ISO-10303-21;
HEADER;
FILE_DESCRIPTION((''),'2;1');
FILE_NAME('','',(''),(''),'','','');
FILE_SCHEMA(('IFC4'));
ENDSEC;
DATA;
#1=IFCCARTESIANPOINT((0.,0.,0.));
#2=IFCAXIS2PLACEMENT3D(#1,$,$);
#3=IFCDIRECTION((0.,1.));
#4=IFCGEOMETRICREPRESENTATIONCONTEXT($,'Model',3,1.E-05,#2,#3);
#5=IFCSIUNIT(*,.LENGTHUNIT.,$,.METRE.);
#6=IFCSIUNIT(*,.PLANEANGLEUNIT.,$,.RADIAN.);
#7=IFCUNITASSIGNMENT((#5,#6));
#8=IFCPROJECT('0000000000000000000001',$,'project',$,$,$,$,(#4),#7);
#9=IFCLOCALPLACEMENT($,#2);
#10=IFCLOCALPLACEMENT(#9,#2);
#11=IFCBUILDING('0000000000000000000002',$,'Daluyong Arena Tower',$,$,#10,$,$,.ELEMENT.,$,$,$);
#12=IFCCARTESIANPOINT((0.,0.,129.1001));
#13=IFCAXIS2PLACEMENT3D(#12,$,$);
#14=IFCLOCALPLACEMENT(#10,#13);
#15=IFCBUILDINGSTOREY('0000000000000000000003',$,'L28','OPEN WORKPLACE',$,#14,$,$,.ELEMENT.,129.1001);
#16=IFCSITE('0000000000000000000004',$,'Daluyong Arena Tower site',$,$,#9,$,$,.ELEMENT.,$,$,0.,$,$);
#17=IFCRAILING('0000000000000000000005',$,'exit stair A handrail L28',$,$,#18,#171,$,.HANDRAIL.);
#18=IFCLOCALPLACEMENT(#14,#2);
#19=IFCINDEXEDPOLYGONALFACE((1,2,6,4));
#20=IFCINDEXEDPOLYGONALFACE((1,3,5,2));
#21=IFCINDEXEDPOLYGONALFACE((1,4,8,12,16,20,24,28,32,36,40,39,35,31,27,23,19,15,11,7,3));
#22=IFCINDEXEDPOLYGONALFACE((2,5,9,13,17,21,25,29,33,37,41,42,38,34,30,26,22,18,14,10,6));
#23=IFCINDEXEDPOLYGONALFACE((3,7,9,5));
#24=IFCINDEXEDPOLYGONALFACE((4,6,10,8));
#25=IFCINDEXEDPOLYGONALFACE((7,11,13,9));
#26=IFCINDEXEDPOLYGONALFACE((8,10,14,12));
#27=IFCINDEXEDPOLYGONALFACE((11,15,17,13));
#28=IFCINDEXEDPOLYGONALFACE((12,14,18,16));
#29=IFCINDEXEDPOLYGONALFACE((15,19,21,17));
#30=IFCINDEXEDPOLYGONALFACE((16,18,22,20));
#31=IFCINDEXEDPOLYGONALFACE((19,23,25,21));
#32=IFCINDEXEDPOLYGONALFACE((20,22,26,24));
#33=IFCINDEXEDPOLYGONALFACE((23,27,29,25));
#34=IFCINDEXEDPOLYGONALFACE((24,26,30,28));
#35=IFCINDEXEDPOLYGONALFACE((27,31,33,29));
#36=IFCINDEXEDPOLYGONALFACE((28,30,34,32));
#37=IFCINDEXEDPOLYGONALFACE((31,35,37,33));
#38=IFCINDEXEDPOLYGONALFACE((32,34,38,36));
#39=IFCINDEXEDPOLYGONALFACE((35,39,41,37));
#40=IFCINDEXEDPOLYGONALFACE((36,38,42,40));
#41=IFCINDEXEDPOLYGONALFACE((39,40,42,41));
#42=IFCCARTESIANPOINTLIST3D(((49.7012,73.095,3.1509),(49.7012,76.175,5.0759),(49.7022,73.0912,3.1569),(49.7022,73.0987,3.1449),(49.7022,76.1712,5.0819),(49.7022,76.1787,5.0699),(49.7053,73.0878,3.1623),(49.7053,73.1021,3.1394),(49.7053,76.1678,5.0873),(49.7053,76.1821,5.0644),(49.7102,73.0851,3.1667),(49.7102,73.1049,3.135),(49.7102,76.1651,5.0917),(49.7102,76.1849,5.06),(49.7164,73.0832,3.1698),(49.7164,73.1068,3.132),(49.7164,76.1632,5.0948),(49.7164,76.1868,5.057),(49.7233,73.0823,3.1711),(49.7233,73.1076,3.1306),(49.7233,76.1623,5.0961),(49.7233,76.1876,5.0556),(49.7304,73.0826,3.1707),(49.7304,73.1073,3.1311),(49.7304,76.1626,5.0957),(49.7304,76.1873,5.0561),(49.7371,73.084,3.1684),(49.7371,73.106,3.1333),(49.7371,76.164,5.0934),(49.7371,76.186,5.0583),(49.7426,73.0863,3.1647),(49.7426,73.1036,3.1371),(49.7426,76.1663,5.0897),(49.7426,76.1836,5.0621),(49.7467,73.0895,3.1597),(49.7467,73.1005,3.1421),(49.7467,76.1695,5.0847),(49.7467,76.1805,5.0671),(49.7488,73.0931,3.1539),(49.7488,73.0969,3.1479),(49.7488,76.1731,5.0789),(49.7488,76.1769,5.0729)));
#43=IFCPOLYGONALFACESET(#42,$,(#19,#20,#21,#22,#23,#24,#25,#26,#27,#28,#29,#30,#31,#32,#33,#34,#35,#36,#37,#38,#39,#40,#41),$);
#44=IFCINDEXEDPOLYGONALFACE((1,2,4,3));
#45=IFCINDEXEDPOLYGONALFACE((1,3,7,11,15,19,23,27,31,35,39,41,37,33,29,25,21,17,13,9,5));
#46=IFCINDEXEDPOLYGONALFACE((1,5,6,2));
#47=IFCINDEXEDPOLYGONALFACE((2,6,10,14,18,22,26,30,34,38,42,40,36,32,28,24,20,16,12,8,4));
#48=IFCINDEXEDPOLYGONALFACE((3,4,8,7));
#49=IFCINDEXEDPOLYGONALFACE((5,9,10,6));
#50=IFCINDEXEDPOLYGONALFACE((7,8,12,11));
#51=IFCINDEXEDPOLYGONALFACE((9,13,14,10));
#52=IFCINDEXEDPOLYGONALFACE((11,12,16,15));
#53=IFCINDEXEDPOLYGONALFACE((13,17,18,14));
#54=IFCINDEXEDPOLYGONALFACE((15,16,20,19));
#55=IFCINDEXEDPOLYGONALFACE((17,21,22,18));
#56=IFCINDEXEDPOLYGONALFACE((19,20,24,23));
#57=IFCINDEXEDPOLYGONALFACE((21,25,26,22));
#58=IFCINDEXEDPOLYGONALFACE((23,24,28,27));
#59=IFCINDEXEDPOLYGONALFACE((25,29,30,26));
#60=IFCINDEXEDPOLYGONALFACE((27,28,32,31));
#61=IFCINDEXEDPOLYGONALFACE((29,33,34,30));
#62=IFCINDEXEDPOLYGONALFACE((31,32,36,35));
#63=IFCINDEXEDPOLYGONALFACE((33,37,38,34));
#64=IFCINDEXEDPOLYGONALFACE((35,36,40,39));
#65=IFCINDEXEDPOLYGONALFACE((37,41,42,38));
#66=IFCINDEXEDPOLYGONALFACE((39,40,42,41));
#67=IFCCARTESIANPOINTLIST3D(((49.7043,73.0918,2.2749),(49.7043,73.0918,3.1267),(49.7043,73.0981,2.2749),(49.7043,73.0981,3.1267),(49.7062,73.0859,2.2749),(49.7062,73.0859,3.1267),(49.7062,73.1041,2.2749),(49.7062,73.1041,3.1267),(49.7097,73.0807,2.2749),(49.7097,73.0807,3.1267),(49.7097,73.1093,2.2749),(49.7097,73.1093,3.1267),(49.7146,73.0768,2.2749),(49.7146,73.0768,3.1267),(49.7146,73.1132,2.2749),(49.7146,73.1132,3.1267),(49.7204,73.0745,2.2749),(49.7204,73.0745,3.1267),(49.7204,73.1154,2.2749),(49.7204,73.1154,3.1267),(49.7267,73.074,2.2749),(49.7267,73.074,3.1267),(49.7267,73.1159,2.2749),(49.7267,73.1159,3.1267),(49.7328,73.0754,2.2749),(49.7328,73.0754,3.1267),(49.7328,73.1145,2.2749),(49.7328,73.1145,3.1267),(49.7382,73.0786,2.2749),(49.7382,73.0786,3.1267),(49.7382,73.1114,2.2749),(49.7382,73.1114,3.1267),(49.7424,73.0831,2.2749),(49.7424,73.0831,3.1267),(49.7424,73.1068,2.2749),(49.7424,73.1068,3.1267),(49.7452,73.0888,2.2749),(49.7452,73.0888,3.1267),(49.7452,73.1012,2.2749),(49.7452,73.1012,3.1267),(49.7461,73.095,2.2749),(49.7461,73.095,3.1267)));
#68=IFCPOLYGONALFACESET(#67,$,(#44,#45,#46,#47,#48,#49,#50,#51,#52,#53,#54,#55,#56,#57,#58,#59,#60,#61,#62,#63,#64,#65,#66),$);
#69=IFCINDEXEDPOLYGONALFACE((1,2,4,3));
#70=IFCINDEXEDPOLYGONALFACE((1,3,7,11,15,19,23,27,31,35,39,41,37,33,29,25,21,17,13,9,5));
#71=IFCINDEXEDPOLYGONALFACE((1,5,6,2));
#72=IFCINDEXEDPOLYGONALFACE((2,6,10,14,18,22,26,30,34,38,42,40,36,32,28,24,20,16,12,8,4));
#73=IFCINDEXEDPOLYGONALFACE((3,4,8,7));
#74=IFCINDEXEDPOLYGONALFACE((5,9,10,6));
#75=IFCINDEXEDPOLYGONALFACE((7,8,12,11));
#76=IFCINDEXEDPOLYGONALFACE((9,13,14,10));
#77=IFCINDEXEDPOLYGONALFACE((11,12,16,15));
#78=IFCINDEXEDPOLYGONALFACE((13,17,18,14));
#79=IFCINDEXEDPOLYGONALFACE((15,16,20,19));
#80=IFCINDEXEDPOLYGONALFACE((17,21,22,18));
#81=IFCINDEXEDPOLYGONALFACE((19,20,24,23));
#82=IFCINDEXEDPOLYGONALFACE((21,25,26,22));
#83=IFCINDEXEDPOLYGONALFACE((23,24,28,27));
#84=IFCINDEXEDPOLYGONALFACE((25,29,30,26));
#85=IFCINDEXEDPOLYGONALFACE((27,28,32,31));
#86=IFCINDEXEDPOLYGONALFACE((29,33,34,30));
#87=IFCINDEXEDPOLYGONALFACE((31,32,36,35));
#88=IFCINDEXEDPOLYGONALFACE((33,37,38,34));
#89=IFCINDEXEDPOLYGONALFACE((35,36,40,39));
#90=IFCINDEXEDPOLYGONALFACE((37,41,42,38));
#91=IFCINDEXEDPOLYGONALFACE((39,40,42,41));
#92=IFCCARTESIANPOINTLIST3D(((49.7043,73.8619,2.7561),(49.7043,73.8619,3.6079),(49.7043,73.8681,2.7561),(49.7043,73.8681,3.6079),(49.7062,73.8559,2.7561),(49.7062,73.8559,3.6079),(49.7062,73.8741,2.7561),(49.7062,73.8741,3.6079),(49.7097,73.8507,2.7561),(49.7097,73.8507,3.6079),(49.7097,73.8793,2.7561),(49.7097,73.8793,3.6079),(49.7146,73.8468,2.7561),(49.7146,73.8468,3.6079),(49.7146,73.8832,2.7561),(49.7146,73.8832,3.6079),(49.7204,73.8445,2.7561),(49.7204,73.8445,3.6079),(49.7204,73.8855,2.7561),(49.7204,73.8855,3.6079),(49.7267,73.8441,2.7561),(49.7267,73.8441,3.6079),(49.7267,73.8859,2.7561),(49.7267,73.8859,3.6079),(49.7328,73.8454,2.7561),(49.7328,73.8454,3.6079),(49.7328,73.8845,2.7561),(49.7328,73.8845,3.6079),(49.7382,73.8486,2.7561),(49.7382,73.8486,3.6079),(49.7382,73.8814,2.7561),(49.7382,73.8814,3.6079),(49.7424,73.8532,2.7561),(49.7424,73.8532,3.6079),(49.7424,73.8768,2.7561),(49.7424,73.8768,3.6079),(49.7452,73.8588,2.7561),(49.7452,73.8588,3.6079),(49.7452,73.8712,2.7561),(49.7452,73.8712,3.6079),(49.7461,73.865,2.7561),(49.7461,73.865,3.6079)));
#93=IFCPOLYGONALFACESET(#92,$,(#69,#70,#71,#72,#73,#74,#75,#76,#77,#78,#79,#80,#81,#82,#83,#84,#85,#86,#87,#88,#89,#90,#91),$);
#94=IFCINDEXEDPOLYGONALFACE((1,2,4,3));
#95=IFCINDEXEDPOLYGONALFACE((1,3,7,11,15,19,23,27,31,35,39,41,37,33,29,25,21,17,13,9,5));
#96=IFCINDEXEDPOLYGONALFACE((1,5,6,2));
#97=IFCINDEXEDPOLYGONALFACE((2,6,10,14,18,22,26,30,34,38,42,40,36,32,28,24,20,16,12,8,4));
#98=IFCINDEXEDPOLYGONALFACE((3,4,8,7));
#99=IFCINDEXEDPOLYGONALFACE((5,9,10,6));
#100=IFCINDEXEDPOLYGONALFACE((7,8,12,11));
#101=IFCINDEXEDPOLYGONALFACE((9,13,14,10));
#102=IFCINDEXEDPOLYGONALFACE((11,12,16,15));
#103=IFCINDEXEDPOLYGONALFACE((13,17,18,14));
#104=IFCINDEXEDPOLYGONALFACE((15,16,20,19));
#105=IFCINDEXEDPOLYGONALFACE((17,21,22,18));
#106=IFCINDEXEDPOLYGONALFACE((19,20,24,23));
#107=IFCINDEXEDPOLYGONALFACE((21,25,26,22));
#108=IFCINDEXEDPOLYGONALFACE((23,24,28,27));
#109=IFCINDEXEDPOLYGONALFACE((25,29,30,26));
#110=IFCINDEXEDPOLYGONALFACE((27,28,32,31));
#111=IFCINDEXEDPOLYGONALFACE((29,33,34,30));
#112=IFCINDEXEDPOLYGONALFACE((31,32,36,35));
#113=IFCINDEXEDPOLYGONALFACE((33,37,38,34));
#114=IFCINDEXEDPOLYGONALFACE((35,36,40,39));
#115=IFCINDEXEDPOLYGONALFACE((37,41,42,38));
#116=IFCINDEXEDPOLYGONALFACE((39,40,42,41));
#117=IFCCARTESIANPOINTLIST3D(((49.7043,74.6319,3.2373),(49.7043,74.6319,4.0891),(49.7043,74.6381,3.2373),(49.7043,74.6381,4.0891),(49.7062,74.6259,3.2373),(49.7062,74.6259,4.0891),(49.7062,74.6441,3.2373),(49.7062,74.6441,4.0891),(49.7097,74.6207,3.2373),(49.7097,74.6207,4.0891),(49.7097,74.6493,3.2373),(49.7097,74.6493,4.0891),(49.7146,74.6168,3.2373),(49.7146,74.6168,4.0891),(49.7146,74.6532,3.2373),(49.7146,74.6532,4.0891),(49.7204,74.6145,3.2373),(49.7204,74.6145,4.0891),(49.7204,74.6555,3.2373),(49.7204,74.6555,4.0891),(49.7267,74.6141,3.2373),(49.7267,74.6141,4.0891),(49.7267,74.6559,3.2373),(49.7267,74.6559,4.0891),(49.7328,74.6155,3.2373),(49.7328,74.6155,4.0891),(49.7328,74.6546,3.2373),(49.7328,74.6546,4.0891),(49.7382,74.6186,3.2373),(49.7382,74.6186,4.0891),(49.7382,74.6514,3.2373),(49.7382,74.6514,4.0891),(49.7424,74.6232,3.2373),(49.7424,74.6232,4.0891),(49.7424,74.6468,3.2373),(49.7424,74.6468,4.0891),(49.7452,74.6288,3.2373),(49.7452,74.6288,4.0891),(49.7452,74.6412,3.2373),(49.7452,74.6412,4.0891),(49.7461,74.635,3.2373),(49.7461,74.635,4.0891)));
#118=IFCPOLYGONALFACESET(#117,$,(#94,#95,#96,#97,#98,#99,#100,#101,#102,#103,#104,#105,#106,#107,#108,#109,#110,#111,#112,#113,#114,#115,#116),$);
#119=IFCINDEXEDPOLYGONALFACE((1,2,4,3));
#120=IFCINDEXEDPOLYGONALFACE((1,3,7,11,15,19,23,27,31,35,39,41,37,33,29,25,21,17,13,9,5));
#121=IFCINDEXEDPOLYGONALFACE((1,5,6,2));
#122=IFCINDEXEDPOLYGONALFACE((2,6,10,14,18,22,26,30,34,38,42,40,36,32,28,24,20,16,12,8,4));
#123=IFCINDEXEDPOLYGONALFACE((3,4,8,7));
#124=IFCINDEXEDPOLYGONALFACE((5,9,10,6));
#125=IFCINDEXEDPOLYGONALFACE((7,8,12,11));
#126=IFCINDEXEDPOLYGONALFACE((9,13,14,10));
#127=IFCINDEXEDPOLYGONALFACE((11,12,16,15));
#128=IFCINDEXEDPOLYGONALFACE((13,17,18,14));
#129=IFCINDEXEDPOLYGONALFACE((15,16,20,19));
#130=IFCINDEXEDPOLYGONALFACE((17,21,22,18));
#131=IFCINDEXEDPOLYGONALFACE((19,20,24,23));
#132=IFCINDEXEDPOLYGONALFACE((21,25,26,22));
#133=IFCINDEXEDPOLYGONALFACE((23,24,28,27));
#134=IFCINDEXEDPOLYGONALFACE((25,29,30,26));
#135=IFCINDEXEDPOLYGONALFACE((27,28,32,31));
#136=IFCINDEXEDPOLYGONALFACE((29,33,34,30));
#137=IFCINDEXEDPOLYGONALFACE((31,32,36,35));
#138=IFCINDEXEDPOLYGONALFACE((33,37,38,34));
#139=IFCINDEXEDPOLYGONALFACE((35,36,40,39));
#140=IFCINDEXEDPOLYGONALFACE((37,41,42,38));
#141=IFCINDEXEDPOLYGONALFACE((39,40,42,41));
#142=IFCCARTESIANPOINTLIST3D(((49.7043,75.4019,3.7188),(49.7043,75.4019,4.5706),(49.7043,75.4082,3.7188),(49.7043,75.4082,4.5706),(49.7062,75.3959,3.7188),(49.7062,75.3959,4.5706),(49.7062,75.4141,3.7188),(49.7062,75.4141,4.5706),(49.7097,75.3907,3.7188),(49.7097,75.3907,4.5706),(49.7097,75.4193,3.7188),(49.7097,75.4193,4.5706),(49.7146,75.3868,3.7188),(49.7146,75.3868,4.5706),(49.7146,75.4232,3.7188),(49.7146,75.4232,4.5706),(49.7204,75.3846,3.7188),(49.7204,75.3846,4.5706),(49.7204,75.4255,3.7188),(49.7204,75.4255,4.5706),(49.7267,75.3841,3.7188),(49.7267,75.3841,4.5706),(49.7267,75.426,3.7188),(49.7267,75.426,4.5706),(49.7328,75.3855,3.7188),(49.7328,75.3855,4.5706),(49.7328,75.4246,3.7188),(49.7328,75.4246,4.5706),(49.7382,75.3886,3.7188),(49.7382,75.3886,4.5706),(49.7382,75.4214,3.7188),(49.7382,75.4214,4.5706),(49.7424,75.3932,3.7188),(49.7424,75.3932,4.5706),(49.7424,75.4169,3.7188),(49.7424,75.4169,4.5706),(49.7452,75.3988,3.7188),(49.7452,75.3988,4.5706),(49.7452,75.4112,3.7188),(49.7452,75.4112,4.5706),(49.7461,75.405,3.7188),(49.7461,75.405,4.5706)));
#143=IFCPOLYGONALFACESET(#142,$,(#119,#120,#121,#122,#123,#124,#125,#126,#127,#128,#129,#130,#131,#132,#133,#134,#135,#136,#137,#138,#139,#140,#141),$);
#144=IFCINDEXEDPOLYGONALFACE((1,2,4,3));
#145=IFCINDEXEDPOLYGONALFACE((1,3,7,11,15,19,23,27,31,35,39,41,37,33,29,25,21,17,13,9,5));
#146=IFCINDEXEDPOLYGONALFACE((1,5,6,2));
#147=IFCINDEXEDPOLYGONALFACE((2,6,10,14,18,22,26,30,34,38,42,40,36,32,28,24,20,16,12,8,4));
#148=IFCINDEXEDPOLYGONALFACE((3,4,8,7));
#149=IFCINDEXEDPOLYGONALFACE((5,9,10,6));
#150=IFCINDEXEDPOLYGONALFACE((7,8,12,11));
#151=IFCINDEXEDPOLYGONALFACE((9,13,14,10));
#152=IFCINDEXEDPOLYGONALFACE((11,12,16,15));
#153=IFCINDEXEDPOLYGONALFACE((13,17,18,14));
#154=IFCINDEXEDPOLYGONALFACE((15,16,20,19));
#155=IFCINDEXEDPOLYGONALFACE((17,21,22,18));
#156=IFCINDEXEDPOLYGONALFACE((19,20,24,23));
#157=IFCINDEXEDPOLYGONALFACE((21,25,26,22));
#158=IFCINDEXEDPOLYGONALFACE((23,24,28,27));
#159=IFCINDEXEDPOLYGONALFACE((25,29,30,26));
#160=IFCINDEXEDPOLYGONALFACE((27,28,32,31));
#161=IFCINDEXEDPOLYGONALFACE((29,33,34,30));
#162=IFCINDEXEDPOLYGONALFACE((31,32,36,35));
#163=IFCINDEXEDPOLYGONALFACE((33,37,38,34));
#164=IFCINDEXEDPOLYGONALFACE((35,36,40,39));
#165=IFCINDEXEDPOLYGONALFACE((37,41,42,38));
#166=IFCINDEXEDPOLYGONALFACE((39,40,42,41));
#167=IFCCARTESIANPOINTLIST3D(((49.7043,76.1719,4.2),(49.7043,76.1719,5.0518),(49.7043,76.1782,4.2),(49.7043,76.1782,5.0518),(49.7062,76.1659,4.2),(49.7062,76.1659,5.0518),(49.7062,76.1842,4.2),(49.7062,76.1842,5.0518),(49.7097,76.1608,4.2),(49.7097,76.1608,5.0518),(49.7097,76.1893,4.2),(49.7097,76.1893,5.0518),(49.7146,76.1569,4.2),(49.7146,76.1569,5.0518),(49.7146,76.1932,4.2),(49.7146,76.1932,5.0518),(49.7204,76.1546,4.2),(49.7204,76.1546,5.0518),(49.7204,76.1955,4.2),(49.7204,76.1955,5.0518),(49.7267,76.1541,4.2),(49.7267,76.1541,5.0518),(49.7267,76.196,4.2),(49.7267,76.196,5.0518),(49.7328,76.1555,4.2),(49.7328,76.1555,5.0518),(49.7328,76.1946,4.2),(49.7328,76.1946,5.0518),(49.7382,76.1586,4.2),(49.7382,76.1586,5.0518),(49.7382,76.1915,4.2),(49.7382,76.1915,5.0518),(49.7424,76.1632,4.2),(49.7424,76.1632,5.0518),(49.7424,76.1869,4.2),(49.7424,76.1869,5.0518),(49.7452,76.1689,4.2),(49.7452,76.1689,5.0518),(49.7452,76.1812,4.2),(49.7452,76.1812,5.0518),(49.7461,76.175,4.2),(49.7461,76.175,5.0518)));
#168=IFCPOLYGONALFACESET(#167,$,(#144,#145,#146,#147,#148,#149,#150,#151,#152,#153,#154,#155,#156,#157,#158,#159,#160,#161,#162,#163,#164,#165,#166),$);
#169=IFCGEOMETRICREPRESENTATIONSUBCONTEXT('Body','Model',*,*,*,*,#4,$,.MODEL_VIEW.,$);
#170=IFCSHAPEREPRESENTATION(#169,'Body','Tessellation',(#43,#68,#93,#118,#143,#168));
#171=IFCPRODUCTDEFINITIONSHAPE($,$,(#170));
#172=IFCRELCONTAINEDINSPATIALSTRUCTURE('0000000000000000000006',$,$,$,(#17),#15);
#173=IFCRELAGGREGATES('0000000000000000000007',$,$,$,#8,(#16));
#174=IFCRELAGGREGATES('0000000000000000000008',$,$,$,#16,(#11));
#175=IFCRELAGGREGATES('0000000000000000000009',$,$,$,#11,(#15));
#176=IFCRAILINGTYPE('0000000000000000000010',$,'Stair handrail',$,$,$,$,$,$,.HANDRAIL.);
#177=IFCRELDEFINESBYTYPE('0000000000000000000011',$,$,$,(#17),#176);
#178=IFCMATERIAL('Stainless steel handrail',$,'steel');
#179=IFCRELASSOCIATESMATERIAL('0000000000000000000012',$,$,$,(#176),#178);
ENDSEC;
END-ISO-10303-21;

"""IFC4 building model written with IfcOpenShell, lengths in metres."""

from ifc_helpers import new_model, si_unit, direction, frame, origin, origin_2d, place, context, subcontext, project, spatial, circle, extrude, material, type_object, element, save


model = new_model("IFC4")

# Units and contexts
model_context = context("Model", 3, precision=1e-05, world=origin(), true_north=direction((0.0, 1.0)))
body_context = subcontext(model_context, "Body", "Model", "MODEL_VIEW")
ifc_project = project(units=[si_unit("LENGTHUNIT", "METRE"), si_unit("PLANEANGLEUNIT", "RADIAN")], contexts=[model_context])

# Site, building, storey
site_placement = place(None, origin())
site = spatial("IfcSite", under=ifc_project, at=site_placement, Name="Daluyong Arena Tower site", CompositionType="ELEMENT", RefElevation=0.0)
building_placement = place(site_placement, origin())
building = spatial("IfcBuilding", under=site, at=building_placement, Name="Daluyong Arena Tower", CompositionType="ELEMENT")
storey_placement = place(building_placement, frame((0.0, 0.0, 129.1001)))
storey = spatial("IfcBuildingStorey", under=building, at=storey_placement, Name="L28", Description="OPEN WORKPLACE", CompositionType="ELEMENT", Elevation=129.1001)

# Railing
ifc_material_1 = material(Name="Stainless steel handrail", Category="steel")
railing_type_1 = type_object("IfcRailingType", Name="Stair handrail", PredefinedType="HANDRAIL", material=ifc_material_1)
railing_1_placement = place(storey_placement, frame((49.7251, 73.095, 2.2749)))
element("IfcRailing", 1, at=railing_1_placement, inside=storey, type_object=railing_type_1, Name="exit stair A handrail L28", PredefinedType="HANDRAIL", context=body_context, shape_type="SweptSolid", body=[
    extrude(circle(Radius=0.0239, at=origin_2d()), frame((0.0, 0.0, 0.876), z_axis=(0.0, 0.847998, 0.529999), x_axis=(-1.0, 0.0, 0.0)), (0.0, 0.0, 1.0), 3.6321),
    extrude(circle(Radius=0.021, at=origin_2d()), origin(), (0.0, 0.0, 1.0), 0.8518),
    extrude(circle(Radius=0.021, at=origin_2d()), frame((0.0, 0.77, 0.4812)), (0.0, 0.0, 1.0), 0.8518),
    extrude(circle(Radius=0.021, at=origin_2d()), frame((0.0, 1.54, 0.9624)), (0.0, 0.0, 1.0), 0.8518),
    extrude(circle(Radius=0.021, at=origin_2d()), frame((0.0, 2.3101, 1.4438)), (0.0, 0.0, 1.0), 0.8518),
    extrude(circle(Radius=0.021, at=origin_2d()), frame((0.0, 3.0801, 1.925)), (0.0, 0.0, 1.0), 0.8518),
])

save(model, "model.ifc")
